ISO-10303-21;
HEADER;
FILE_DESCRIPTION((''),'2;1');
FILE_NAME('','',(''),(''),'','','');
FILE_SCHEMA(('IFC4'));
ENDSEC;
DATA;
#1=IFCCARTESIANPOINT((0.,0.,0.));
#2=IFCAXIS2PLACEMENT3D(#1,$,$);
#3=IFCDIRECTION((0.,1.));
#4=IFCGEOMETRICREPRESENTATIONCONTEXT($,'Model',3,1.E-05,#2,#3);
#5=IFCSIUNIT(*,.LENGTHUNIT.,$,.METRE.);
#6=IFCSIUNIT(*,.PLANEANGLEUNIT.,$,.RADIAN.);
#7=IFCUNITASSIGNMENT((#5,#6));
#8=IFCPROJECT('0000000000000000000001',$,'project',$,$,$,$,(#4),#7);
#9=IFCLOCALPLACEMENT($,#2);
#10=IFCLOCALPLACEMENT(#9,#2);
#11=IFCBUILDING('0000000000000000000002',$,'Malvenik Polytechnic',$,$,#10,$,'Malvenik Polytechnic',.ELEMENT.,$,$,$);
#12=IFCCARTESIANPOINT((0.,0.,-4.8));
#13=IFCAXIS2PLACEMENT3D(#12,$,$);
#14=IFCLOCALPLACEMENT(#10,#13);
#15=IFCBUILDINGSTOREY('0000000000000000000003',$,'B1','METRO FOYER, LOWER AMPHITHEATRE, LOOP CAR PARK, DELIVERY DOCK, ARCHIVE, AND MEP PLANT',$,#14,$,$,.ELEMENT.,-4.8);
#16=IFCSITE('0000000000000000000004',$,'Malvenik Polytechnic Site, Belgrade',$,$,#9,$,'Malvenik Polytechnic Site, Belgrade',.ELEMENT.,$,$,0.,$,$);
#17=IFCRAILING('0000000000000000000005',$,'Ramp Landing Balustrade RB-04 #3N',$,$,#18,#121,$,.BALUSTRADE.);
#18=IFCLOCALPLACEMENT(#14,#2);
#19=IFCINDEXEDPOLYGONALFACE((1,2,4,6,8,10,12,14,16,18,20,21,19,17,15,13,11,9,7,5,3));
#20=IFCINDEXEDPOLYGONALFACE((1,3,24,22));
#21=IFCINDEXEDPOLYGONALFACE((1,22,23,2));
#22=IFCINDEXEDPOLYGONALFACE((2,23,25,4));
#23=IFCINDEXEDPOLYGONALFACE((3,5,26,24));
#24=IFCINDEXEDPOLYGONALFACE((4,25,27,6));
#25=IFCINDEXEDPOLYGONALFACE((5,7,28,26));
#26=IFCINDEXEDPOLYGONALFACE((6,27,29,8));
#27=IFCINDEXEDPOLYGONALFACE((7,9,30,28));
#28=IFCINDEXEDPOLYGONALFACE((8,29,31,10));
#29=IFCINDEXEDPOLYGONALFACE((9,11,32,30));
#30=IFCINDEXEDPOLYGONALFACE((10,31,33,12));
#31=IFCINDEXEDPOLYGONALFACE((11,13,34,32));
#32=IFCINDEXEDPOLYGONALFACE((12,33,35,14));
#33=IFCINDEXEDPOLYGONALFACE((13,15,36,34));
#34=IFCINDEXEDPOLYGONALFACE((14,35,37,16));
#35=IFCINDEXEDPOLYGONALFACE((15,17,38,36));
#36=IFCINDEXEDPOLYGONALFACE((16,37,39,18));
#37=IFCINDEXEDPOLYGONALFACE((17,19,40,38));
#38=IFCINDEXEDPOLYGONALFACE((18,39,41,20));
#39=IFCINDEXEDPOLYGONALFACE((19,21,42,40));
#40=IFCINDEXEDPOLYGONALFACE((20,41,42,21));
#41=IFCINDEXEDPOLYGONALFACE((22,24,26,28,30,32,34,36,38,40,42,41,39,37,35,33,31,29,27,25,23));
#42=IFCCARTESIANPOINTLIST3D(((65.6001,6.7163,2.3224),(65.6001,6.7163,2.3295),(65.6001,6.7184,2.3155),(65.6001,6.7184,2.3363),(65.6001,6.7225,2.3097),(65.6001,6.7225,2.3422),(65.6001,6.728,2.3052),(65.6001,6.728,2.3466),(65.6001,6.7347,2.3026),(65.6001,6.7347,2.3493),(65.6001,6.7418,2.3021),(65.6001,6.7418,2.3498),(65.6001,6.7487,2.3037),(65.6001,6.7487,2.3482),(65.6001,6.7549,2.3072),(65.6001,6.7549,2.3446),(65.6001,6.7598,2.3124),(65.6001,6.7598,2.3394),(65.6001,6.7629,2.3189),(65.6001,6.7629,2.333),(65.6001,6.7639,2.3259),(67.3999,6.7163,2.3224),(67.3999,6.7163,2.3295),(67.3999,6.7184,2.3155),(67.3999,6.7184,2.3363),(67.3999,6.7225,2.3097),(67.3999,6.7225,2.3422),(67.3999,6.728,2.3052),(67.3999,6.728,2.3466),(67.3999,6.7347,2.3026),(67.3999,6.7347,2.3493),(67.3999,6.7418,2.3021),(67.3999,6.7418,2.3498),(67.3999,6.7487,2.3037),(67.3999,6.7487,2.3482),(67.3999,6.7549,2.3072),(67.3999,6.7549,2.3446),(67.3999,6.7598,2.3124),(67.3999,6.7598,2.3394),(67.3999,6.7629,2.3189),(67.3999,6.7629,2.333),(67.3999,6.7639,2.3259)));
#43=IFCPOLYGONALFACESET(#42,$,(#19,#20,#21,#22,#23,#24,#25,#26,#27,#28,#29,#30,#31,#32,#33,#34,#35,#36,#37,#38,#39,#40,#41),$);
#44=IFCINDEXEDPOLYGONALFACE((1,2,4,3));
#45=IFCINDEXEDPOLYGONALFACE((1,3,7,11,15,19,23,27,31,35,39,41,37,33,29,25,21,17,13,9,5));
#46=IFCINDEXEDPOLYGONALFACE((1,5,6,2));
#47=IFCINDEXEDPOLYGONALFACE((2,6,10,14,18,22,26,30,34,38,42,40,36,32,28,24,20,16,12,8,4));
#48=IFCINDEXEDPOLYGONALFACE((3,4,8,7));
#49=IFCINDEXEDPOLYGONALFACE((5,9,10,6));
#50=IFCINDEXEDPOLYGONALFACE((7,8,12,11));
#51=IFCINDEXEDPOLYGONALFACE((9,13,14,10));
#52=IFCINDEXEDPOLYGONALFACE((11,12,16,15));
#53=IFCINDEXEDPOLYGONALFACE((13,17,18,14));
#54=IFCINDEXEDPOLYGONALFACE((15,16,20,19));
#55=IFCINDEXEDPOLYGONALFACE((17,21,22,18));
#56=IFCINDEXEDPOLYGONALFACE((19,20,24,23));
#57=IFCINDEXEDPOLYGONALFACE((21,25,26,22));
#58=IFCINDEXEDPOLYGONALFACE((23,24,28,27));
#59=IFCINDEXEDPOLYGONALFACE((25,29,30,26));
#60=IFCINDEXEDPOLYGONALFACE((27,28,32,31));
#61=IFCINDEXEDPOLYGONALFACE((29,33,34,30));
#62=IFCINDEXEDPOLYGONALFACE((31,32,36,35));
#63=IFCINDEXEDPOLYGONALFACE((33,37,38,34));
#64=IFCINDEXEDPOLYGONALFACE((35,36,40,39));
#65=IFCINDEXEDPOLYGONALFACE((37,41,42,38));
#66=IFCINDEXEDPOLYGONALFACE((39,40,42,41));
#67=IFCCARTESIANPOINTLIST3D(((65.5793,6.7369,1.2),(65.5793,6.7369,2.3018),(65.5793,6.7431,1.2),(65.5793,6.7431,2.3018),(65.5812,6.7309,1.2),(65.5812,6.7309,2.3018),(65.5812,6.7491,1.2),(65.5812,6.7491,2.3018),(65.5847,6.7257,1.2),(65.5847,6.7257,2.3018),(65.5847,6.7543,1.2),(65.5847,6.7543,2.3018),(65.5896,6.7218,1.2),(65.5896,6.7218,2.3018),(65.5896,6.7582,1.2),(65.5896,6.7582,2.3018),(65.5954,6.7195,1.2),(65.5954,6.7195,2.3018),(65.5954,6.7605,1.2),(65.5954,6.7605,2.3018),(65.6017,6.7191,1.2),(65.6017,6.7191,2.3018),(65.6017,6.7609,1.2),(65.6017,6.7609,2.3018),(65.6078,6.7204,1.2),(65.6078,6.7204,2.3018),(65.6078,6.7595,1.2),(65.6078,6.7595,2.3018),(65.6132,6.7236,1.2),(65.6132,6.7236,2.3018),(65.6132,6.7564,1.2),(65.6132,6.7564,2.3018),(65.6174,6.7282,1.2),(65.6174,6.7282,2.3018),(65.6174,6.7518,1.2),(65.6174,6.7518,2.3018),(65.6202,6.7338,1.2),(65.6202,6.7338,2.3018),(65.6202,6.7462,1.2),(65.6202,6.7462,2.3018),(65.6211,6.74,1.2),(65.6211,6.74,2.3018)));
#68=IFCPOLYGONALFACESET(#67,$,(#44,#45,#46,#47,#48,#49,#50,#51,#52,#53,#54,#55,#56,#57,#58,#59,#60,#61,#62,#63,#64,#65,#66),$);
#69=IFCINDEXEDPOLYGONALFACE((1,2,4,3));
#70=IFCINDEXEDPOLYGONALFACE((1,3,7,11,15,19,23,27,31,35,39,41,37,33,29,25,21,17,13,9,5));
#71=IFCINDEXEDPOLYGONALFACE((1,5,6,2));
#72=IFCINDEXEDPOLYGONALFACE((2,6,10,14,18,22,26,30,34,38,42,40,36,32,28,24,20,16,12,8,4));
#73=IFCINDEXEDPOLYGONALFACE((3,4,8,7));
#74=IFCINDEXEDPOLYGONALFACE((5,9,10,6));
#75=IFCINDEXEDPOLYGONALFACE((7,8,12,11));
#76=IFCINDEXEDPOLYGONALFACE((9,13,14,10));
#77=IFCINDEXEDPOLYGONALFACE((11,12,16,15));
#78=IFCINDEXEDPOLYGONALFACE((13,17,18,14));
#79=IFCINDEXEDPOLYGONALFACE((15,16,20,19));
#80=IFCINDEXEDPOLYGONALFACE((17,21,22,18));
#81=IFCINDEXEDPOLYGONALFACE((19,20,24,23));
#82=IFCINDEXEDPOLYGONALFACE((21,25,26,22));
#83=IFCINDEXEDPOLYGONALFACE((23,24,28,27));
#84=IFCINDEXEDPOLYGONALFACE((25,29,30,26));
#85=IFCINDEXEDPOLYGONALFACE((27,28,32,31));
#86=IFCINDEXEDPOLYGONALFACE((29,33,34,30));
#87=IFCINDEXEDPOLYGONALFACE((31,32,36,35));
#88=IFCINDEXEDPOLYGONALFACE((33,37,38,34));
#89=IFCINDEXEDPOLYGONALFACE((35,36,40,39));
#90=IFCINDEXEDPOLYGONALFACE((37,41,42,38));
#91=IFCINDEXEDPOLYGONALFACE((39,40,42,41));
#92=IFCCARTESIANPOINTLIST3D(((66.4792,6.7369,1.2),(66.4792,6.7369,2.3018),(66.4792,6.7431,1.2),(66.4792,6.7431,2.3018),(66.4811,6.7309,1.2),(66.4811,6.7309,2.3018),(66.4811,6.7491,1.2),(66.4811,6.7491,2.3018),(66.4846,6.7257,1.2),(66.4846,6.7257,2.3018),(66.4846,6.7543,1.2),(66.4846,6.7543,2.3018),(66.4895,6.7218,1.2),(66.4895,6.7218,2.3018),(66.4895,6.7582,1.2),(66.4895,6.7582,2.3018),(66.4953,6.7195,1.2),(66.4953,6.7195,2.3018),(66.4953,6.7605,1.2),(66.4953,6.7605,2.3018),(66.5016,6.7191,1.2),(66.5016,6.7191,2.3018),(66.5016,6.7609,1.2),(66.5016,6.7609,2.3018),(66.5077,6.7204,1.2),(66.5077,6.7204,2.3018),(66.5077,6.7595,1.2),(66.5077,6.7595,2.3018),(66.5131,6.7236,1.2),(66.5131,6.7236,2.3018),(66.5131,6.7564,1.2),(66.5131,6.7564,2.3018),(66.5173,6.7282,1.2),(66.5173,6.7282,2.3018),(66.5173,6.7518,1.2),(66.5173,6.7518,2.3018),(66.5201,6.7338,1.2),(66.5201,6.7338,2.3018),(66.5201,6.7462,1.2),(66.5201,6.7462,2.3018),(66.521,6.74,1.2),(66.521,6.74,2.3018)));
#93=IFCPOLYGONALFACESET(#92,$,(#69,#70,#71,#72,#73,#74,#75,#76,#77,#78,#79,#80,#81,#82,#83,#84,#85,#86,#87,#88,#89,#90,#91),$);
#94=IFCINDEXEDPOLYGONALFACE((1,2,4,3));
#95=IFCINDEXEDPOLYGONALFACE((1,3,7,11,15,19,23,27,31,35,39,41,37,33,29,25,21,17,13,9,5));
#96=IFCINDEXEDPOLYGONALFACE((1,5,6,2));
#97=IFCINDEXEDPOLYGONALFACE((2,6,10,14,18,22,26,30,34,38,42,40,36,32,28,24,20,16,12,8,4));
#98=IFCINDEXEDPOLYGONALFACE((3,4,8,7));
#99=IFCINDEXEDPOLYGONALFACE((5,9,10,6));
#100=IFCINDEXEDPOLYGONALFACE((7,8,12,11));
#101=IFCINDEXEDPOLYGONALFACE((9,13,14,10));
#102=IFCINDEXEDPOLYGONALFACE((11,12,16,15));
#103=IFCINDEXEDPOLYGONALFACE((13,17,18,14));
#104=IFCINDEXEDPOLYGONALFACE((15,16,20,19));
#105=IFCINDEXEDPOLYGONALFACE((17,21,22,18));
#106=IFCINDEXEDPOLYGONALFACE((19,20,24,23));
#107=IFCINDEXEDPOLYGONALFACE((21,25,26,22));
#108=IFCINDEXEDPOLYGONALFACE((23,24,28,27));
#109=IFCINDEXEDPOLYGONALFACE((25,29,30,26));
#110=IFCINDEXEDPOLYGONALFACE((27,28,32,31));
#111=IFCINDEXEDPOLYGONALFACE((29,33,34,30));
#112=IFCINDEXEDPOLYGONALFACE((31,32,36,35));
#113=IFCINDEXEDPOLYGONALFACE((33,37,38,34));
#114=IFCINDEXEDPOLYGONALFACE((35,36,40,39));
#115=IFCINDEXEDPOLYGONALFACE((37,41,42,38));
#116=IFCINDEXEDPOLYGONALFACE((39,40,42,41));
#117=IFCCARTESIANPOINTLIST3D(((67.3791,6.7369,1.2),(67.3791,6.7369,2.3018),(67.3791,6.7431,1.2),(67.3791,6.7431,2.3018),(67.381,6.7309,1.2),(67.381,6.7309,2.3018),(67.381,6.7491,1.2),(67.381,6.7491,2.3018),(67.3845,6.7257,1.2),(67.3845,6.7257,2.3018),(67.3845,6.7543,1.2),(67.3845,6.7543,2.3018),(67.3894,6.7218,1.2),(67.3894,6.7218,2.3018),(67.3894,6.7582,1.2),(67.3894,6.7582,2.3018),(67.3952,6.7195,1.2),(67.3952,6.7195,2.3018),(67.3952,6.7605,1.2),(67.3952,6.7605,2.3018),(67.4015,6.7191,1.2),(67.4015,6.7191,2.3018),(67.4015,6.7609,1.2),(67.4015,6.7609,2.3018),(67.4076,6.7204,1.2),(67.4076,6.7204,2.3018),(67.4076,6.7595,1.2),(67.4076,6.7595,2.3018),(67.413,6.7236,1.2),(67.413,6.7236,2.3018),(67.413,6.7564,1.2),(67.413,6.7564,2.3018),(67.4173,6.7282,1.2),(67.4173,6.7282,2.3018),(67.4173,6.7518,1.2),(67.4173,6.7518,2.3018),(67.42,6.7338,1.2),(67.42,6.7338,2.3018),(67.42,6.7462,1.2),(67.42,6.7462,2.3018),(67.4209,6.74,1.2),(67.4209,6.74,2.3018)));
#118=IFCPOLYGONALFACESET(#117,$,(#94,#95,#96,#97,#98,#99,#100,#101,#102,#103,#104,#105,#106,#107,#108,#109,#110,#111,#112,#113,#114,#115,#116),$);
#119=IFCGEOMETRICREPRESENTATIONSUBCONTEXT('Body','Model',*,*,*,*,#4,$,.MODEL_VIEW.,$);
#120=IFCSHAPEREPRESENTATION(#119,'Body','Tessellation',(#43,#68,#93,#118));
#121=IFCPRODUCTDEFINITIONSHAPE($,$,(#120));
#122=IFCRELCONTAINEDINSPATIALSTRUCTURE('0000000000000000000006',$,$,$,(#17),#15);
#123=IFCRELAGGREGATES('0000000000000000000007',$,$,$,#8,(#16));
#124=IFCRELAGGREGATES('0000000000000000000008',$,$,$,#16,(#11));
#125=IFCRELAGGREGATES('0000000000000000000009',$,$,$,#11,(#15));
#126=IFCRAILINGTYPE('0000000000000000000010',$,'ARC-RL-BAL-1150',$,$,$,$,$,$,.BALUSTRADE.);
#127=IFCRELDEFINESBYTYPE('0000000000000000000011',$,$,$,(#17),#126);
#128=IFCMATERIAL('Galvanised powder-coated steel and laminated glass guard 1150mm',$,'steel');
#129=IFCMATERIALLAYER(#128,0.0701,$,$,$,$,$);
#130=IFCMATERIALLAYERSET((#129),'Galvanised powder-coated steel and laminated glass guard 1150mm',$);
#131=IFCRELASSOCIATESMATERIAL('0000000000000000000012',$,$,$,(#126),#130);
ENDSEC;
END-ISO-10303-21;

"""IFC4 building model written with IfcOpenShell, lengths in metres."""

from ifc_helpers import new_model, si_unit, direction, frame, origin, origin_2d, place, context, subcontext, project, spatial, circle, extrude, material, layer, layer_set, type_object, element, save


model = new_model("IFC4")

# Units and contexts
model_context = context("Model", 3, precision=1e-05, world=origin(), true_north=direction((0.0, 1.0)))
body_context = subcontext(model_context, "Body", "Model", "MODEL_VIEW")
ifc_project = project(units=[si_unit("LENGTHUNIT", "METRE"), si_unit("PLANEANGLEUNIT", "RADIAN")], contexts=[model_context])

# Site, building, storey
site_placement = place(None, origin())
site = spatial("IfcSite", under=ifc_project, at=site_placement, Name="Malvenik Polytechnic Site, Belgrade", LongName="Malvenik Polytechnic Site, Belgrade", CompositionType="ELEMENT", RefElevation=0.0)
building_placement = place(site_placement, origin())
building = spatial("IfcBuilding", under=site, at=building_placement, Name="Malvenik Polytechnic", LongName="Malvenik Polytechnic", CompositionType="ELEMENT")
storey_placement = place(building_placement, frame((0.0, 0.0, -4.8)))
storey = spatial("IfcBuildingStorey", under=building, at=storey_placement, Name="B1", Description="METRO FOYER, LOWER AMPHITHEATRE, LOOP CAR PARK, DELIVERY DOCK, ARCHIVE, AND MEP PLANT", CompositionType="ELEMENT", Elevation=-4.8)

# Railing
ifc_material_1 = material(Name="Galvanised powder-coated steel and laminated glass guard 1150mm", Category="steel")
ifc_layer_1 = layer(ifc_material_1, 0.0701)
ifc_layer_set_1 = layer_set([ifc_layer_1], Name="Galvanised powder-coated steel and laminated glass guard 1150mm")
railing_type_1 = type_object("IfcRailingType", Name="ARC-RL-BAL-1150", PredefinedType="BALUSTRADE", material=ifc_layer_set_1)
for number, where, name in (
    (1, (65.6001, 6.74, 1.2), "Ramp Landing Balustrade RB-04 #3N"),
):
    element("IfcRailing", number, at=place(storey_placement, frame(where)), inside=storey, type_object=railing_type_1, Name=name, PredefinedType="BALUSTRADE", context=body_context, shape_type="SweptSolid", body=[
        extrude(circle(Radius=0.0239, at=origin_2d()), frame((0.0, 0.0, 1.126), z_axis=(1.0, 0.0, 0.0), x_axis=(0.0, 1.0, 0.0)), (0.0, 0.0, 1.0), 1.7998),
        extrude(circle(Radius=0.021, at=origin_2d()), origin(), (0.0, 0.0, 1.0), 1.1018),
        extrude(circle(Radius=0.021, at=origin_2d()), frame((0.8999, 0.0, 0.0)), (0.0, 0.0, 1.0), 1.1018),
        extrude(circle(Radius=0.021, at=origin_2d()), frame((1.7998, 0.0, 0.0)), (0.0, 0.0, 1.0), 1.1018),
    ])

save(model, "model.ifc")
